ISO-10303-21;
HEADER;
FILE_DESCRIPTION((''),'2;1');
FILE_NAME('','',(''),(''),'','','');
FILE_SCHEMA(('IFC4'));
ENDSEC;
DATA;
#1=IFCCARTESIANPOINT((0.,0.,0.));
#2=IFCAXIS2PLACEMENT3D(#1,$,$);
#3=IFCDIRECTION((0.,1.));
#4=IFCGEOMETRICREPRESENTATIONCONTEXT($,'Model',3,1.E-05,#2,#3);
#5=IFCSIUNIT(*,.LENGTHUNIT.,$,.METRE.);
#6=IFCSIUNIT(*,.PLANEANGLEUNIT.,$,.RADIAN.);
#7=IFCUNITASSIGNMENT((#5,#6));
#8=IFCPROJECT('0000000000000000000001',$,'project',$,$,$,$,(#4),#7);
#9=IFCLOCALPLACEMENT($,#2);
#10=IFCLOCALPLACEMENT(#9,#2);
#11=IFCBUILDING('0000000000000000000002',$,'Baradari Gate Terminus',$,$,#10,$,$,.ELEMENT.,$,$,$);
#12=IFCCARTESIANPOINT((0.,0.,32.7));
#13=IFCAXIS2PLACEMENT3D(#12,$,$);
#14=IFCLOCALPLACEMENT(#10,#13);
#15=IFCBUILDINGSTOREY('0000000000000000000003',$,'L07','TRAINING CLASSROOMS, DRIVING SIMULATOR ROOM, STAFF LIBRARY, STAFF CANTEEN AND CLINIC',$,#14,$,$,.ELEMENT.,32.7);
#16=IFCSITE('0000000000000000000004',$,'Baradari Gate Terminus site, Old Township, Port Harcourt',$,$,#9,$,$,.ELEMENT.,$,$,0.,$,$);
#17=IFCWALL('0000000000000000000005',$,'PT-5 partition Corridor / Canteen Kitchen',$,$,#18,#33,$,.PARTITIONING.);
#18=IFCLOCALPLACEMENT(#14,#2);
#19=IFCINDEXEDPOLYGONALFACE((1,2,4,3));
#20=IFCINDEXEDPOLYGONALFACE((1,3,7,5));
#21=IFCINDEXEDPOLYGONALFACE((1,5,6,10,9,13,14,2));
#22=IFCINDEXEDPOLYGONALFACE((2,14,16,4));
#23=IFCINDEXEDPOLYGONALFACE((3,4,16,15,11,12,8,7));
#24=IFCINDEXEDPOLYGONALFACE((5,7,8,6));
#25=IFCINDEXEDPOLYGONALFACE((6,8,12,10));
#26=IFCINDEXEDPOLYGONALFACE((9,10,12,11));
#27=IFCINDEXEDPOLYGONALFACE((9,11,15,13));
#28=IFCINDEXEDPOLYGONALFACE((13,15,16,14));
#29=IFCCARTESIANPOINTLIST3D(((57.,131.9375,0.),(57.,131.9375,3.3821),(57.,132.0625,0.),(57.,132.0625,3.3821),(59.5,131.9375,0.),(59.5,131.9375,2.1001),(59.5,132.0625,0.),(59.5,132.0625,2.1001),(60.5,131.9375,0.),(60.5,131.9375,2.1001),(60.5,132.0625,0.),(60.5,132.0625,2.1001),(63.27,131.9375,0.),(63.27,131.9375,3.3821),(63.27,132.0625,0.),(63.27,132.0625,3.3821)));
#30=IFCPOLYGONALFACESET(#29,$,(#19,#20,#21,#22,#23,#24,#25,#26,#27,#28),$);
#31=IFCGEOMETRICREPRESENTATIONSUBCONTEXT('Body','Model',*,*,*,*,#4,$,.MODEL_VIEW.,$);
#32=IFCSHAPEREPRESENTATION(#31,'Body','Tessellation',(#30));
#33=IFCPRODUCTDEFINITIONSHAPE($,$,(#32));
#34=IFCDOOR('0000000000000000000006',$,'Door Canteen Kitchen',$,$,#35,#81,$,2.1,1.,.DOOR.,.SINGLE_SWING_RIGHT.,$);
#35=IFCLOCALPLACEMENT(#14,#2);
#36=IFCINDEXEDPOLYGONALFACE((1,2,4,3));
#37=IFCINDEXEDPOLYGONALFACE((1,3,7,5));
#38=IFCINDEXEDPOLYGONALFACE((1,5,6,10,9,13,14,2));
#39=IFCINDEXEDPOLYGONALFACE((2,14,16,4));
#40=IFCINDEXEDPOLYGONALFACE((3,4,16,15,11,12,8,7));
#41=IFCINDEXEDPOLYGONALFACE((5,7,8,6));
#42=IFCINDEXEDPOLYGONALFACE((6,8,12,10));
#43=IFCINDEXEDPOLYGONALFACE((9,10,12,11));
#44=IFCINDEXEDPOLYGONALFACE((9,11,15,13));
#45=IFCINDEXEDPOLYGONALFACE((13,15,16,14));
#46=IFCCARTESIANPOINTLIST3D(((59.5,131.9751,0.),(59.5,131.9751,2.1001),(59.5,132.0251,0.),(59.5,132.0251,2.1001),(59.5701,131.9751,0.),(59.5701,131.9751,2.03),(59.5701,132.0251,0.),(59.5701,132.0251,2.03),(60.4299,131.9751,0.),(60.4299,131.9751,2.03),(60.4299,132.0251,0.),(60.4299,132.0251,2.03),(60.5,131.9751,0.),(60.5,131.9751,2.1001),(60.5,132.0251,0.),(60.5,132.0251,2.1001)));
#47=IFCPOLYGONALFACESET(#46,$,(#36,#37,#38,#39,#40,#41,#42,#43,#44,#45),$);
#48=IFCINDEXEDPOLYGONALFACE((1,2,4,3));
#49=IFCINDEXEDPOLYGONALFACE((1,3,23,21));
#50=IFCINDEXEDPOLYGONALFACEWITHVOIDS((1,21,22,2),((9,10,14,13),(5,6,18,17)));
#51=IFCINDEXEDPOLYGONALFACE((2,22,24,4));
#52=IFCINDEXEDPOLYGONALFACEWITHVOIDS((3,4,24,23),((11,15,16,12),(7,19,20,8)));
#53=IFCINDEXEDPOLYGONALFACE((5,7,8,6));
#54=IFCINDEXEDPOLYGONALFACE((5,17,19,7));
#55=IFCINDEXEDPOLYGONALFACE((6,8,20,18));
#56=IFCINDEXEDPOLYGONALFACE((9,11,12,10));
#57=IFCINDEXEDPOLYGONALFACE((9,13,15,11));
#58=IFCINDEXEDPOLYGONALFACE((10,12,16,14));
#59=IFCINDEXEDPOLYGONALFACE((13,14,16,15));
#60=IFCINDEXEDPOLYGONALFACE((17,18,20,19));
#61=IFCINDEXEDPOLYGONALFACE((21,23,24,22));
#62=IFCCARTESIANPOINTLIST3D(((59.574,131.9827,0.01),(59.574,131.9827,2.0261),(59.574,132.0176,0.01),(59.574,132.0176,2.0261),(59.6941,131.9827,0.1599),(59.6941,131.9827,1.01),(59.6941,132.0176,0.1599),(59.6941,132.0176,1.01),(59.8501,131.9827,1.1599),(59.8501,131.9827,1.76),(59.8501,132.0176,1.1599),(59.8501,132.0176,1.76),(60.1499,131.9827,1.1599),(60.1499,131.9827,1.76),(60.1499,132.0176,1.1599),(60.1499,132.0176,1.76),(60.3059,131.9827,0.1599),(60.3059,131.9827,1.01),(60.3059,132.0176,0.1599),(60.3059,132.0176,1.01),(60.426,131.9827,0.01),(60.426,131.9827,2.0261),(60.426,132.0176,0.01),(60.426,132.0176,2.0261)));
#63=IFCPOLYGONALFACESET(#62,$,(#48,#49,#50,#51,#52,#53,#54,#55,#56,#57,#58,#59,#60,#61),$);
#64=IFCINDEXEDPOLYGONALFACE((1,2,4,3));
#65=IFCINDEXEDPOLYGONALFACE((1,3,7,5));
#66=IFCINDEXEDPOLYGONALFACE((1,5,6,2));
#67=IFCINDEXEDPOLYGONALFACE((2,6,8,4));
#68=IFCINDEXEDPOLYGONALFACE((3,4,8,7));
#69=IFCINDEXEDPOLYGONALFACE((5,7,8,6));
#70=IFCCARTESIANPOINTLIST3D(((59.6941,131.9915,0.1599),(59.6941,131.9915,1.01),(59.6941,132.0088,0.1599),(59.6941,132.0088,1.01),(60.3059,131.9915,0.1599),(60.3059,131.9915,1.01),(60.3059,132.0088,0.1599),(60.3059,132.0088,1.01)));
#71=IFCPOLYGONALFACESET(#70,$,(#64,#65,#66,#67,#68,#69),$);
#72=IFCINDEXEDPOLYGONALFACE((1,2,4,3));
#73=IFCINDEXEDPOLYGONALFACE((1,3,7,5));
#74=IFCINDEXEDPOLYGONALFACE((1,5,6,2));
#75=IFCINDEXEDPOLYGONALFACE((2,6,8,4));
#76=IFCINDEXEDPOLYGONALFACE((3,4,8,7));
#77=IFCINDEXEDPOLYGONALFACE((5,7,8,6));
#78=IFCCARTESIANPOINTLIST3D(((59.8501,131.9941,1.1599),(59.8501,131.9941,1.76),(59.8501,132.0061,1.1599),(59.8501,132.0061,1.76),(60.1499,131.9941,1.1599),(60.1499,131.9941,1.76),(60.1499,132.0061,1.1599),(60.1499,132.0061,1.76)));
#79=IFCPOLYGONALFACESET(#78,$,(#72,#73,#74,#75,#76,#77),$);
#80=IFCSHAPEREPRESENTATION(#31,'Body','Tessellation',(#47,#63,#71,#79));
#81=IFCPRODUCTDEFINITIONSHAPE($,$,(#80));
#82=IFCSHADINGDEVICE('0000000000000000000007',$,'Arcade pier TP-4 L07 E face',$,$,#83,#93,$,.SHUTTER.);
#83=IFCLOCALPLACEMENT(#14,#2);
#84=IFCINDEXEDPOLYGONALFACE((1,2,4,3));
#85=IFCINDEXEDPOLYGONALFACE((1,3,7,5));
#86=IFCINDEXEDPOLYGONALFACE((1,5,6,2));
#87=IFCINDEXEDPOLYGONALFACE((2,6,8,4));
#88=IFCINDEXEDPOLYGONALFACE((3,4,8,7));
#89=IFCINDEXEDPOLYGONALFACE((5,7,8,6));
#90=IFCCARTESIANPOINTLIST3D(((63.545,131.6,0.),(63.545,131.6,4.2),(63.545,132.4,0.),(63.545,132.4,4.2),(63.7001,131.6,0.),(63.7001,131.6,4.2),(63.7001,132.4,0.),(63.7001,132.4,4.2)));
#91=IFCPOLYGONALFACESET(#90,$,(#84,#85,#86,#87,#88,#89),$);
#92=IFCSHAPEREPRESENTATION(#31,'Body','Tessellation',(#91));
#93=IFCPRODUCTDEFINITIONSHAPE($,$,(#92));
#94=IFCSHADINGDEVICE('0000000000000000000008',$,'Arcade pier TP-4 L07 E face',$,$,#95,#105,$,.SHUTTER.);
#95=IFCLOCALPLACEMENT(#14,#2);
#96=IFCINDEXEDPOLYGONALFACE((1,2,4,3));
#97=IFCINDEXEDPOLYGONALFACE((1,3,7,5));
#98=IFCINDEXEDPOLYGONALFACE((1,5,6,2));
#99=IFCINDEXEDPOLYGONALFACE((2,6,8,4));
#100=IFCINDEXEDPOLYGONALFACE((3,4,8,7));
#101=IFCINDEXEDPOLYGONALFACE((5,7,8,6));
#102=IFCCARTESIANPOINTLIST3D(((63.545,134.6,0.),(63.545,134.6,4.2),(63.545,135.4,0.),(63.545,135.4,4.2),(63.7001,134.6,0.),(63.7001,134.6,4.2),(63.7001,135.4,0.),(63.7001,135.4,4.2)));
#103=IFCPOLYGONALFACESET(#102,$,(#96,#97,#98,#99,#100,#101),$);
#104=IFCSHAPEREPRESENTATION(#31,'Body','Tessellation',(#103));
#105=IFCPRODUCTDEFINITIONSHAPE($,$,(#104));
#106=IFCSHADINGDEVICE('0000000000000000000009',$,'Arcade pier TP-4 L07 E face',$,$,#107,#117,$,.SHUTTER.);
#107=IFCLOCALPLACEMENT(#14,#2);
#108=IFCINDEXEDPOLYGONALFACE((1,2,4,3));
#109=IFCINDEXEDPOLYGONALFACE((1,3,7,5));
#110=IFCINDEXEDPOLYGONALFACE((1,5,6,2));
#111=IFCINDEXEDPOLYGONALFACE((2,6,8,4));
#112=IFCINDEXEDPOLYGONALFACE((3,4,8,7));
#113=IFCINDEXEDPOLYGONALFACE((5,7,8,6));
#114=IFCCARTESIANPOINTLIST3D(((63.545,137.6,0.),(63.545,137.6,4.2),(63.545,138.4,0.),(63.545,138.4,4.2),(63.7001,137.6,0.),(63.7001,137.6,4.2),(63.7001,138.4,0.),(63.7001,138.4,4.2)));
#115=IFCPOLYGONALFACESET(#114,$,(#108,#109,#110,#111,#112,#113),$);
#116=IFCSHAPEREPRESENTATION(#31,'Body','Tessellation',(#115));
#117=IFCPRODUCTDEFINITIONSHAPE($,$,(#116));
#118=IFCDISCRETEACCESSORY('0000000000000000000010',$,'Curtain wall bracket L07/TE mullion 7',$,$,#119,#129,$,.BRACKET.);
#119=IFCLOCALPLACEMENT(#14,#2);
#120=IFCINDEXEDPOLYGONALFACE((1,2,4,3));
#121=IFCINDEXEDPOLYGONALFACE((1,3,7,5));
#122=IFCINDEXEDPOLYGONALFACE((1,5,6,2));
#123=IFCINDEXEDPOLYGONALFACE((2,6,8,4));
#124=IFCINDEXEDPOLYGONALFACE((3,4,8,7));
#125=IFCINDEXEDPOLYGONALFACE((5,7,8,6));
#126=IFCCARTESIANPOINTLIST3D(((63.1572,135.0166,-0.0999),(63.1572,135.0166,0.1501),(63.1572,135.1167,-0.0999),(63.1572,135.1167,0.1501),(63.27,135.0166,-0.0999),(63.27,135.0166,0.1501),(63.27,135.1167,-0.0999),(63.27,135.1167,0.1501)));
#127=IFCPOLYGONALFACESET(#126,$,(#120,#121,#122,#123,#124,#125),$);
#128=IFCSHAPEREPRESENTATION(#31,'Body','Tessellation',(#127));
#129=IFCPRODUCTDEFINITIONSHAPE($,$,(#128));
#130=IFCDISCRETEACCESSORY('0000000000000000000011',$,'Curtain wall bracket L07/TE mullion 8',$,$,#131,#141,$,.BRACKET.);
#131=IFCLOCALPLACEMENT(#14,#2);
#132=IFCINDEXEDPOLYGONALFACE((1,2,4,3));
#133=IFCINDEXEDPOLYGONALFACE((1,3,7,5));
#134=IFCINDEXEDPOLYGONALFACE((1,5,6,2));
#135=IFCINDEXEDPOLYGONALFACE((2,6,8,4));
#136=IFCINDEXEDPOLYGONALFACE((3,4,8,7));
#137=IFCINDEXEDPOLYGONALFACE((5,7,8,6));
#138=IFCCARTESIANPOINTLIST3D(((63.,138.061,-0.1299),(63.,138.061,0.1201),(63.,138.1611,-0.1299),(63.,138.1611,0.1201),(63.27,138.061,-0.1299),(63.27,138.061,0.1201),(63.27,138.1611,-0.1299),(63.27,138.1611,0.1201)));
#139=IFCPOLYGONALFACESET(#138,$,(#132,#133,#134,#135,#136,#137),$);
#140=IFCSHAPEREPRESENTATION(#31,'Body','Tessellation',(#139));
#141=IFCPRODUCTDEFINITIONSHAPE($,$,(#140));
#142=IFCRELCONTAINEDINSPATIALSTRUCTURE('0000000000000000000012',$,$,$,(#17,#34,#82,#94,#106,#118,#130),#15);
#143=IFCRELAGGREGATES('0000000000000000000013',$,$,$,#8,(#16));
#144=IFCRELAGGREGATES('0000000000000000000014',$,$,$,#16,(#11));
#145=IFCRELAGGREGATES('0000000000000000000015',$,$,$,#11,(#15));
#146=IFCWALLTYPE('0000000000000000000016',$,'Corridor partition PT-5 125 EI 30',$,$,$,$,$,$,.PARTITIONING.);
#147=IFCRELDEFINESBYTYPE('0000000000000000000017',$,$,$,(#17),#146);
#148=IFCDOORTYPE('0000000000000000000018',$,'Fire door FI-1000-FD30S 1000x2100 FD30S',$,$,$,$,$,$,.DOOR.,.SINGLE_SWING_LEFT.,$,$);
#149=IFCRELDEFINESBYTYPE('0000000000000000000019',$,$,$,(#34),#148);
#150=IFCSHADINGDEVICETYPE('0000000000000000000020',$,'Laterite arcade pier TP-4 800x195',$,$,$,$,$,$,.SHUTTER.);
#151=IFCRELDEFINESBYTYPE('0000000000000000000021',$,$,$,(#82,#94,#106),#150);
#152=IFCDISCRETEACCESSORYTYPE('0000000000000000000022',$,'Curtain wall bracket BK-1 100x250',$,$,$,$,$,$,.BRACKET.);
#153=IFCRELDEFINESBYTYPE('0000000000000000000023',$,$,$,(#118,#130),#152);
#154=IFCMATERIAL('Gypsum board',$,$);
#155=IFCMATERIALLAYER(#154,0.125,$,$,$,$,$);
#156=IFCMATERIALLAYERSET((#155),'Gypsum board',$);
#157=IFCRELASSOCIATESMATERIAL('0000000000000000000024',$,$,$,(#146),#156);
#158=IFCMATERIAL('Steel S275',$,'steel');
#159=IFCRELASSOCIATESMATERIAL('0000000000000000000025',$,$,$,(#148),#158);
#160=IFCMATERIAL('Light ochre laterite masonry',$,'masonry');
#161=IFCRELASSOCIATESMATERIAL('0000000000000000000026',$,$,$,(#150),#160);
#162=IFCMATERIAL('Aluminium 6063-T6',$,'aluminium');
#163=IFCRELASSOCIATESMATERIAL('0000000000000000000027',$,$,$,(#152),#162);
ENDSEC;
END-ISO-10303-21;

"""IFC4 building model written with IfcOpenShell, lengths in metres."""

from ifc_helpers import new_model, si_unit, direction, frame, frame_2d, origin, origin_2d, place, context, subcontext, project, spatial, polyline, rectangle, outline, extrude, material, layer, layer_set, type_object, element, fill, save


model = new_model("IFC4")

# Units and contexts
model_context = context("Model", 3, precision=1e-05, world=origin(), true_north=direction((0.0, 1.0)))
body_context = subcontext(model_context, "Body", "Model", "MODEL_VIEW")
ifc_project = project(units=[si_unit("LENGTHUNIT", "METRE"), si_unit("PLANEANGLEUNIT", "RADIAN")], contexts=[model_context])

# Site, building, storey
site_placement = place(None, origin())
site = spatial("IfcSite", under=ifc_project, at=site_placement, Name="Baradari Gate Terminus site, Old Township, Port Harcourt", CompositionType="ELEMENT", RefElevation=0.0)
building_placement = place(site_placement, origin())
building = spatial("IfcBuilding", under=site, at=building_placement, Name="Baradari Gate Terminus", CompositionType="ELEMENT")
storey_placement = place(building_placement, frame((0.0, 0.0, 32.7)))
storey = spatial("IfcBuildingStorey", under=building, at=storey_placement, Name="L07", Description="TRAINING CLASSROOMS, DRIVING SIMULATOR ROOM, STAFF LIBRARY, STAFF CANTEEN AND CLINIC", CompositionType="ELEMENT", Elevation=32.7)

# Wall, opening, door
ifc_material_1 = material(Name="Gypsum board")
ifc_layer_1 = layer(ifc_material_1, 0.125)
ifc_layer_set_1 = layer_set([ifc_layer_1], Name="Gypsum board")
wall_type = type_object("IfcWallType", Name="Corridor partition PT-5 125 EI 30", PredefinedType="PARTITIONING", material=ifc_layer_set_1)
wall_placement = place(storey_placement, frame((63.27, 132.0, 0.0), z_axis=(0.0, 0.0, 1.0), x_axis=(-1.0, 0.0, 0.0)))
wall = element("IfcWall", 1, at=wall_placement, inside=storey, type_object=wall_type, Name="PT-5 partition Corridor / Canteen Kitchen", PredefinedType="PARTITIONING", context=body_context, shape_type="SweptSolid", body=[
    extrude(rectangle(XDim=6.27, YDim=0.125, at=frame_2d((3.135, 0.0))), origin(), (0.0, 0.0, 1.0), 3.3821),
])
opening_placement = place(wall_placement, frame((2.77, 0.0, 0.0)))
opening = element("IfcOpeningElement", 2, at=opening_placement, cuts=wall, PredefinedType="OPENING", context=body_context, shape_type="SweptSolid", body=[
    extrude(rectangle(XDim=1.0, YDim=2.1001, at=frame_2d((0.5, 1.05))), frame((0.0, 0.0725, 0.0), z_axis=(0.0, -1.0, 0.0), x_axis=(1.0, 0.0, 0.0)), (0.0, 0.0, 1.0), 0.145),
])
ifc_material_2 = material(Name="Steel S275", Category="steel")
door_type = type_object("IfcDoorType", Name="Fire door FI-1000-FD30S 1000x2100 FD30S", OperationType="SINGLE_SWING_LEFT", PredefinedType="DOOR", material=ifc_material_2)
door_placement = place(opening_placement, origin())
door = element("IfcDoor", 3, at=door_placement, inside=storey, type_object=door_type, Name="Door Canteen Kitchen", OperationType="SINGLE_SWING_RIGHT", OverallHeight=2.1, OverallWidth=1.0, PredefinedType="DOOR", context=body_context, shape_type="SweptSolid", body=[
    extrude(outline(polyline([(0.0, 0.0), (0.0701, 0.0), (0.0701, 2.03), (0.9299, 2.03), (0.9299, 0.0), (1.0, 0.0), (1.0, 2.1001), (0.0, 2.1001), (0.0, 0.0)])), frame((0.0, 0.0249, 0.0), z_axis=(0.0, -1.0, 0.0), x_axis=(1.0, 0.0, 0.0)), (0.0, 0.0, 1.0), 0.05),
    extrude(outline(polyline([(0.074, 0.01), (0.926, 0.01), (0.926, 2.0261), (0.074, 2.0261), (0.074, 0.01)]), holes=[polyline([(0.1941, 0.1599), (0.8059, 0.1599), (0.8059, 1.01), (0.1941, 1.01), (0.1941, 0.1599)]), polyline([(0.3501, 1.1599), (0.6499, 1.1599), (0.6499, 1.76), (0.3501, 1.76), (0.3501, 1.1599)])]), frame((0.0, 0.0173, 0.0), z_axis=(0.0, -1.0, 0.0), x_axis=(1.0, 0.0, 0.0)), (0.0, 0.0, 1.0), 0.0349),
    extrude(rectangle(XDim=0.6118, YDim=0.8501, at=frame_2d((0.5, 0.585))), frame((0.0, 0.0085, 0.0), z_axis=(0.0, -1.0, 0.0), x_axis=(1.0, 0.0, 0.0)), (0.0, 0.0, 1.0), 0.0173),
    extrude(rectangle(XDim=0.2998, YDim=0.6001, at=frame_2d((0.5, 1.46))), frame((0.0, 0.0059, 0.0), z_axis=(0.0, -1.0, 0.0), x_axis=(1.0, 0.0, 0.0)), (0.0, 0.0, 1.0), 0.012),
])
fill(opening, door)

# Shading devices
ifc_material_3 = material(Name="Light ochre laterite masonry", Category="masonry")
shading_device_type = type_object("IfcShadingDeviceType", Name="Laterite arcade pier TP-4 800x195", PredefinedType="SHUTTER", material=ifc_material_3)
for number, where, z_axis, x_axis, name in (
    (4, (63.6226, 132.0, 0.0), (0.0, 0.0, 1.0), (0.0, 1.0, 0.0), "Arcade pier TP-4 L07 E face"),
    (5, (63.6226, 135.0, 0.0), (0.0, 0.0, 1.0), (0.0, 1.0, 0.0), "Arcade pier TP-4 L07 E face"),
    (6, (63.6226, 138.0, 0.0), (0.0, 0.0, 1.0), (0.0, 1.0, 0.0), "Arcade pier TP-4 L07 E face"),
):
    element("IfcShadingDevice", number, at=place(storey_placement, frame(where, z_axis=z_axis, x_axis=x_axis)), inside=storey, type_object=shading_device_type, Name=name, PredefinedType="SHUTTER", context=body_context, shape_type="SweptSolid", body=[
        extrude(rectangle(XDim=0.8, YDim=0.155, at=origin_2d()), origin(), (0.0, 0.0, 1.0), 4.2),
    ])

# Discrete accessories
ifc_material_4 = material(Name="Aluminium 6063-T6", Category="aluminium")
discrete_accessory_type = type_object("IfcDiscreteAccessoryType", Name="Curtain wall bracket BK-1 100x250", PredefinedType="BRACKET", material=ifc_material_4)
discrete_accessory_1_placement = place(storey_placement, frame((63.2136, 135.0667, -0.0999), z_axis=(0.0, 0.0, 1.0), x_axis=(1.0, 0.0, 0.0)))
element("IfcDiscreteAccessory", 7, at=discrete_accessory_1_placement, inside=storey, type_object=discrete_accessory_type, Name="Curtain wall bracket L07/TE mullion 7", PredefinedType="BRACKET", context=body_context, shape_type="SweptSolid", body=[
    extrude(rectangle(XDim=0.1128, YDim=0.1001, at=origin_2d()), origin(), (0.0, 0.0, 1.0), 0.25),
])
discrete_accessory_2_placement = place(storey_placement, frame((63.135, 138.1111, -0.1299), z_axis=(0.0, 0.0, 1.0), x_axis=(1.0, 0.0, 0.0)))
element("IfcDiscreteAccessory", 8, at=discrete_accessory_2_placement, inside=storey, type_object=discrete_accessory_type, Name="Curtain wall bracket L07/TE mullion 8", PredefinedType="BRACKET", context=body_context, shape_type="SweptSolid", body=[
    extrude(rectangle(XDim=0.27, YDim=0.1001, at=origin_2d()), origin(), (0.0, 0.0, 1.0), 0.25),
])

save(model, "model.ifc")
